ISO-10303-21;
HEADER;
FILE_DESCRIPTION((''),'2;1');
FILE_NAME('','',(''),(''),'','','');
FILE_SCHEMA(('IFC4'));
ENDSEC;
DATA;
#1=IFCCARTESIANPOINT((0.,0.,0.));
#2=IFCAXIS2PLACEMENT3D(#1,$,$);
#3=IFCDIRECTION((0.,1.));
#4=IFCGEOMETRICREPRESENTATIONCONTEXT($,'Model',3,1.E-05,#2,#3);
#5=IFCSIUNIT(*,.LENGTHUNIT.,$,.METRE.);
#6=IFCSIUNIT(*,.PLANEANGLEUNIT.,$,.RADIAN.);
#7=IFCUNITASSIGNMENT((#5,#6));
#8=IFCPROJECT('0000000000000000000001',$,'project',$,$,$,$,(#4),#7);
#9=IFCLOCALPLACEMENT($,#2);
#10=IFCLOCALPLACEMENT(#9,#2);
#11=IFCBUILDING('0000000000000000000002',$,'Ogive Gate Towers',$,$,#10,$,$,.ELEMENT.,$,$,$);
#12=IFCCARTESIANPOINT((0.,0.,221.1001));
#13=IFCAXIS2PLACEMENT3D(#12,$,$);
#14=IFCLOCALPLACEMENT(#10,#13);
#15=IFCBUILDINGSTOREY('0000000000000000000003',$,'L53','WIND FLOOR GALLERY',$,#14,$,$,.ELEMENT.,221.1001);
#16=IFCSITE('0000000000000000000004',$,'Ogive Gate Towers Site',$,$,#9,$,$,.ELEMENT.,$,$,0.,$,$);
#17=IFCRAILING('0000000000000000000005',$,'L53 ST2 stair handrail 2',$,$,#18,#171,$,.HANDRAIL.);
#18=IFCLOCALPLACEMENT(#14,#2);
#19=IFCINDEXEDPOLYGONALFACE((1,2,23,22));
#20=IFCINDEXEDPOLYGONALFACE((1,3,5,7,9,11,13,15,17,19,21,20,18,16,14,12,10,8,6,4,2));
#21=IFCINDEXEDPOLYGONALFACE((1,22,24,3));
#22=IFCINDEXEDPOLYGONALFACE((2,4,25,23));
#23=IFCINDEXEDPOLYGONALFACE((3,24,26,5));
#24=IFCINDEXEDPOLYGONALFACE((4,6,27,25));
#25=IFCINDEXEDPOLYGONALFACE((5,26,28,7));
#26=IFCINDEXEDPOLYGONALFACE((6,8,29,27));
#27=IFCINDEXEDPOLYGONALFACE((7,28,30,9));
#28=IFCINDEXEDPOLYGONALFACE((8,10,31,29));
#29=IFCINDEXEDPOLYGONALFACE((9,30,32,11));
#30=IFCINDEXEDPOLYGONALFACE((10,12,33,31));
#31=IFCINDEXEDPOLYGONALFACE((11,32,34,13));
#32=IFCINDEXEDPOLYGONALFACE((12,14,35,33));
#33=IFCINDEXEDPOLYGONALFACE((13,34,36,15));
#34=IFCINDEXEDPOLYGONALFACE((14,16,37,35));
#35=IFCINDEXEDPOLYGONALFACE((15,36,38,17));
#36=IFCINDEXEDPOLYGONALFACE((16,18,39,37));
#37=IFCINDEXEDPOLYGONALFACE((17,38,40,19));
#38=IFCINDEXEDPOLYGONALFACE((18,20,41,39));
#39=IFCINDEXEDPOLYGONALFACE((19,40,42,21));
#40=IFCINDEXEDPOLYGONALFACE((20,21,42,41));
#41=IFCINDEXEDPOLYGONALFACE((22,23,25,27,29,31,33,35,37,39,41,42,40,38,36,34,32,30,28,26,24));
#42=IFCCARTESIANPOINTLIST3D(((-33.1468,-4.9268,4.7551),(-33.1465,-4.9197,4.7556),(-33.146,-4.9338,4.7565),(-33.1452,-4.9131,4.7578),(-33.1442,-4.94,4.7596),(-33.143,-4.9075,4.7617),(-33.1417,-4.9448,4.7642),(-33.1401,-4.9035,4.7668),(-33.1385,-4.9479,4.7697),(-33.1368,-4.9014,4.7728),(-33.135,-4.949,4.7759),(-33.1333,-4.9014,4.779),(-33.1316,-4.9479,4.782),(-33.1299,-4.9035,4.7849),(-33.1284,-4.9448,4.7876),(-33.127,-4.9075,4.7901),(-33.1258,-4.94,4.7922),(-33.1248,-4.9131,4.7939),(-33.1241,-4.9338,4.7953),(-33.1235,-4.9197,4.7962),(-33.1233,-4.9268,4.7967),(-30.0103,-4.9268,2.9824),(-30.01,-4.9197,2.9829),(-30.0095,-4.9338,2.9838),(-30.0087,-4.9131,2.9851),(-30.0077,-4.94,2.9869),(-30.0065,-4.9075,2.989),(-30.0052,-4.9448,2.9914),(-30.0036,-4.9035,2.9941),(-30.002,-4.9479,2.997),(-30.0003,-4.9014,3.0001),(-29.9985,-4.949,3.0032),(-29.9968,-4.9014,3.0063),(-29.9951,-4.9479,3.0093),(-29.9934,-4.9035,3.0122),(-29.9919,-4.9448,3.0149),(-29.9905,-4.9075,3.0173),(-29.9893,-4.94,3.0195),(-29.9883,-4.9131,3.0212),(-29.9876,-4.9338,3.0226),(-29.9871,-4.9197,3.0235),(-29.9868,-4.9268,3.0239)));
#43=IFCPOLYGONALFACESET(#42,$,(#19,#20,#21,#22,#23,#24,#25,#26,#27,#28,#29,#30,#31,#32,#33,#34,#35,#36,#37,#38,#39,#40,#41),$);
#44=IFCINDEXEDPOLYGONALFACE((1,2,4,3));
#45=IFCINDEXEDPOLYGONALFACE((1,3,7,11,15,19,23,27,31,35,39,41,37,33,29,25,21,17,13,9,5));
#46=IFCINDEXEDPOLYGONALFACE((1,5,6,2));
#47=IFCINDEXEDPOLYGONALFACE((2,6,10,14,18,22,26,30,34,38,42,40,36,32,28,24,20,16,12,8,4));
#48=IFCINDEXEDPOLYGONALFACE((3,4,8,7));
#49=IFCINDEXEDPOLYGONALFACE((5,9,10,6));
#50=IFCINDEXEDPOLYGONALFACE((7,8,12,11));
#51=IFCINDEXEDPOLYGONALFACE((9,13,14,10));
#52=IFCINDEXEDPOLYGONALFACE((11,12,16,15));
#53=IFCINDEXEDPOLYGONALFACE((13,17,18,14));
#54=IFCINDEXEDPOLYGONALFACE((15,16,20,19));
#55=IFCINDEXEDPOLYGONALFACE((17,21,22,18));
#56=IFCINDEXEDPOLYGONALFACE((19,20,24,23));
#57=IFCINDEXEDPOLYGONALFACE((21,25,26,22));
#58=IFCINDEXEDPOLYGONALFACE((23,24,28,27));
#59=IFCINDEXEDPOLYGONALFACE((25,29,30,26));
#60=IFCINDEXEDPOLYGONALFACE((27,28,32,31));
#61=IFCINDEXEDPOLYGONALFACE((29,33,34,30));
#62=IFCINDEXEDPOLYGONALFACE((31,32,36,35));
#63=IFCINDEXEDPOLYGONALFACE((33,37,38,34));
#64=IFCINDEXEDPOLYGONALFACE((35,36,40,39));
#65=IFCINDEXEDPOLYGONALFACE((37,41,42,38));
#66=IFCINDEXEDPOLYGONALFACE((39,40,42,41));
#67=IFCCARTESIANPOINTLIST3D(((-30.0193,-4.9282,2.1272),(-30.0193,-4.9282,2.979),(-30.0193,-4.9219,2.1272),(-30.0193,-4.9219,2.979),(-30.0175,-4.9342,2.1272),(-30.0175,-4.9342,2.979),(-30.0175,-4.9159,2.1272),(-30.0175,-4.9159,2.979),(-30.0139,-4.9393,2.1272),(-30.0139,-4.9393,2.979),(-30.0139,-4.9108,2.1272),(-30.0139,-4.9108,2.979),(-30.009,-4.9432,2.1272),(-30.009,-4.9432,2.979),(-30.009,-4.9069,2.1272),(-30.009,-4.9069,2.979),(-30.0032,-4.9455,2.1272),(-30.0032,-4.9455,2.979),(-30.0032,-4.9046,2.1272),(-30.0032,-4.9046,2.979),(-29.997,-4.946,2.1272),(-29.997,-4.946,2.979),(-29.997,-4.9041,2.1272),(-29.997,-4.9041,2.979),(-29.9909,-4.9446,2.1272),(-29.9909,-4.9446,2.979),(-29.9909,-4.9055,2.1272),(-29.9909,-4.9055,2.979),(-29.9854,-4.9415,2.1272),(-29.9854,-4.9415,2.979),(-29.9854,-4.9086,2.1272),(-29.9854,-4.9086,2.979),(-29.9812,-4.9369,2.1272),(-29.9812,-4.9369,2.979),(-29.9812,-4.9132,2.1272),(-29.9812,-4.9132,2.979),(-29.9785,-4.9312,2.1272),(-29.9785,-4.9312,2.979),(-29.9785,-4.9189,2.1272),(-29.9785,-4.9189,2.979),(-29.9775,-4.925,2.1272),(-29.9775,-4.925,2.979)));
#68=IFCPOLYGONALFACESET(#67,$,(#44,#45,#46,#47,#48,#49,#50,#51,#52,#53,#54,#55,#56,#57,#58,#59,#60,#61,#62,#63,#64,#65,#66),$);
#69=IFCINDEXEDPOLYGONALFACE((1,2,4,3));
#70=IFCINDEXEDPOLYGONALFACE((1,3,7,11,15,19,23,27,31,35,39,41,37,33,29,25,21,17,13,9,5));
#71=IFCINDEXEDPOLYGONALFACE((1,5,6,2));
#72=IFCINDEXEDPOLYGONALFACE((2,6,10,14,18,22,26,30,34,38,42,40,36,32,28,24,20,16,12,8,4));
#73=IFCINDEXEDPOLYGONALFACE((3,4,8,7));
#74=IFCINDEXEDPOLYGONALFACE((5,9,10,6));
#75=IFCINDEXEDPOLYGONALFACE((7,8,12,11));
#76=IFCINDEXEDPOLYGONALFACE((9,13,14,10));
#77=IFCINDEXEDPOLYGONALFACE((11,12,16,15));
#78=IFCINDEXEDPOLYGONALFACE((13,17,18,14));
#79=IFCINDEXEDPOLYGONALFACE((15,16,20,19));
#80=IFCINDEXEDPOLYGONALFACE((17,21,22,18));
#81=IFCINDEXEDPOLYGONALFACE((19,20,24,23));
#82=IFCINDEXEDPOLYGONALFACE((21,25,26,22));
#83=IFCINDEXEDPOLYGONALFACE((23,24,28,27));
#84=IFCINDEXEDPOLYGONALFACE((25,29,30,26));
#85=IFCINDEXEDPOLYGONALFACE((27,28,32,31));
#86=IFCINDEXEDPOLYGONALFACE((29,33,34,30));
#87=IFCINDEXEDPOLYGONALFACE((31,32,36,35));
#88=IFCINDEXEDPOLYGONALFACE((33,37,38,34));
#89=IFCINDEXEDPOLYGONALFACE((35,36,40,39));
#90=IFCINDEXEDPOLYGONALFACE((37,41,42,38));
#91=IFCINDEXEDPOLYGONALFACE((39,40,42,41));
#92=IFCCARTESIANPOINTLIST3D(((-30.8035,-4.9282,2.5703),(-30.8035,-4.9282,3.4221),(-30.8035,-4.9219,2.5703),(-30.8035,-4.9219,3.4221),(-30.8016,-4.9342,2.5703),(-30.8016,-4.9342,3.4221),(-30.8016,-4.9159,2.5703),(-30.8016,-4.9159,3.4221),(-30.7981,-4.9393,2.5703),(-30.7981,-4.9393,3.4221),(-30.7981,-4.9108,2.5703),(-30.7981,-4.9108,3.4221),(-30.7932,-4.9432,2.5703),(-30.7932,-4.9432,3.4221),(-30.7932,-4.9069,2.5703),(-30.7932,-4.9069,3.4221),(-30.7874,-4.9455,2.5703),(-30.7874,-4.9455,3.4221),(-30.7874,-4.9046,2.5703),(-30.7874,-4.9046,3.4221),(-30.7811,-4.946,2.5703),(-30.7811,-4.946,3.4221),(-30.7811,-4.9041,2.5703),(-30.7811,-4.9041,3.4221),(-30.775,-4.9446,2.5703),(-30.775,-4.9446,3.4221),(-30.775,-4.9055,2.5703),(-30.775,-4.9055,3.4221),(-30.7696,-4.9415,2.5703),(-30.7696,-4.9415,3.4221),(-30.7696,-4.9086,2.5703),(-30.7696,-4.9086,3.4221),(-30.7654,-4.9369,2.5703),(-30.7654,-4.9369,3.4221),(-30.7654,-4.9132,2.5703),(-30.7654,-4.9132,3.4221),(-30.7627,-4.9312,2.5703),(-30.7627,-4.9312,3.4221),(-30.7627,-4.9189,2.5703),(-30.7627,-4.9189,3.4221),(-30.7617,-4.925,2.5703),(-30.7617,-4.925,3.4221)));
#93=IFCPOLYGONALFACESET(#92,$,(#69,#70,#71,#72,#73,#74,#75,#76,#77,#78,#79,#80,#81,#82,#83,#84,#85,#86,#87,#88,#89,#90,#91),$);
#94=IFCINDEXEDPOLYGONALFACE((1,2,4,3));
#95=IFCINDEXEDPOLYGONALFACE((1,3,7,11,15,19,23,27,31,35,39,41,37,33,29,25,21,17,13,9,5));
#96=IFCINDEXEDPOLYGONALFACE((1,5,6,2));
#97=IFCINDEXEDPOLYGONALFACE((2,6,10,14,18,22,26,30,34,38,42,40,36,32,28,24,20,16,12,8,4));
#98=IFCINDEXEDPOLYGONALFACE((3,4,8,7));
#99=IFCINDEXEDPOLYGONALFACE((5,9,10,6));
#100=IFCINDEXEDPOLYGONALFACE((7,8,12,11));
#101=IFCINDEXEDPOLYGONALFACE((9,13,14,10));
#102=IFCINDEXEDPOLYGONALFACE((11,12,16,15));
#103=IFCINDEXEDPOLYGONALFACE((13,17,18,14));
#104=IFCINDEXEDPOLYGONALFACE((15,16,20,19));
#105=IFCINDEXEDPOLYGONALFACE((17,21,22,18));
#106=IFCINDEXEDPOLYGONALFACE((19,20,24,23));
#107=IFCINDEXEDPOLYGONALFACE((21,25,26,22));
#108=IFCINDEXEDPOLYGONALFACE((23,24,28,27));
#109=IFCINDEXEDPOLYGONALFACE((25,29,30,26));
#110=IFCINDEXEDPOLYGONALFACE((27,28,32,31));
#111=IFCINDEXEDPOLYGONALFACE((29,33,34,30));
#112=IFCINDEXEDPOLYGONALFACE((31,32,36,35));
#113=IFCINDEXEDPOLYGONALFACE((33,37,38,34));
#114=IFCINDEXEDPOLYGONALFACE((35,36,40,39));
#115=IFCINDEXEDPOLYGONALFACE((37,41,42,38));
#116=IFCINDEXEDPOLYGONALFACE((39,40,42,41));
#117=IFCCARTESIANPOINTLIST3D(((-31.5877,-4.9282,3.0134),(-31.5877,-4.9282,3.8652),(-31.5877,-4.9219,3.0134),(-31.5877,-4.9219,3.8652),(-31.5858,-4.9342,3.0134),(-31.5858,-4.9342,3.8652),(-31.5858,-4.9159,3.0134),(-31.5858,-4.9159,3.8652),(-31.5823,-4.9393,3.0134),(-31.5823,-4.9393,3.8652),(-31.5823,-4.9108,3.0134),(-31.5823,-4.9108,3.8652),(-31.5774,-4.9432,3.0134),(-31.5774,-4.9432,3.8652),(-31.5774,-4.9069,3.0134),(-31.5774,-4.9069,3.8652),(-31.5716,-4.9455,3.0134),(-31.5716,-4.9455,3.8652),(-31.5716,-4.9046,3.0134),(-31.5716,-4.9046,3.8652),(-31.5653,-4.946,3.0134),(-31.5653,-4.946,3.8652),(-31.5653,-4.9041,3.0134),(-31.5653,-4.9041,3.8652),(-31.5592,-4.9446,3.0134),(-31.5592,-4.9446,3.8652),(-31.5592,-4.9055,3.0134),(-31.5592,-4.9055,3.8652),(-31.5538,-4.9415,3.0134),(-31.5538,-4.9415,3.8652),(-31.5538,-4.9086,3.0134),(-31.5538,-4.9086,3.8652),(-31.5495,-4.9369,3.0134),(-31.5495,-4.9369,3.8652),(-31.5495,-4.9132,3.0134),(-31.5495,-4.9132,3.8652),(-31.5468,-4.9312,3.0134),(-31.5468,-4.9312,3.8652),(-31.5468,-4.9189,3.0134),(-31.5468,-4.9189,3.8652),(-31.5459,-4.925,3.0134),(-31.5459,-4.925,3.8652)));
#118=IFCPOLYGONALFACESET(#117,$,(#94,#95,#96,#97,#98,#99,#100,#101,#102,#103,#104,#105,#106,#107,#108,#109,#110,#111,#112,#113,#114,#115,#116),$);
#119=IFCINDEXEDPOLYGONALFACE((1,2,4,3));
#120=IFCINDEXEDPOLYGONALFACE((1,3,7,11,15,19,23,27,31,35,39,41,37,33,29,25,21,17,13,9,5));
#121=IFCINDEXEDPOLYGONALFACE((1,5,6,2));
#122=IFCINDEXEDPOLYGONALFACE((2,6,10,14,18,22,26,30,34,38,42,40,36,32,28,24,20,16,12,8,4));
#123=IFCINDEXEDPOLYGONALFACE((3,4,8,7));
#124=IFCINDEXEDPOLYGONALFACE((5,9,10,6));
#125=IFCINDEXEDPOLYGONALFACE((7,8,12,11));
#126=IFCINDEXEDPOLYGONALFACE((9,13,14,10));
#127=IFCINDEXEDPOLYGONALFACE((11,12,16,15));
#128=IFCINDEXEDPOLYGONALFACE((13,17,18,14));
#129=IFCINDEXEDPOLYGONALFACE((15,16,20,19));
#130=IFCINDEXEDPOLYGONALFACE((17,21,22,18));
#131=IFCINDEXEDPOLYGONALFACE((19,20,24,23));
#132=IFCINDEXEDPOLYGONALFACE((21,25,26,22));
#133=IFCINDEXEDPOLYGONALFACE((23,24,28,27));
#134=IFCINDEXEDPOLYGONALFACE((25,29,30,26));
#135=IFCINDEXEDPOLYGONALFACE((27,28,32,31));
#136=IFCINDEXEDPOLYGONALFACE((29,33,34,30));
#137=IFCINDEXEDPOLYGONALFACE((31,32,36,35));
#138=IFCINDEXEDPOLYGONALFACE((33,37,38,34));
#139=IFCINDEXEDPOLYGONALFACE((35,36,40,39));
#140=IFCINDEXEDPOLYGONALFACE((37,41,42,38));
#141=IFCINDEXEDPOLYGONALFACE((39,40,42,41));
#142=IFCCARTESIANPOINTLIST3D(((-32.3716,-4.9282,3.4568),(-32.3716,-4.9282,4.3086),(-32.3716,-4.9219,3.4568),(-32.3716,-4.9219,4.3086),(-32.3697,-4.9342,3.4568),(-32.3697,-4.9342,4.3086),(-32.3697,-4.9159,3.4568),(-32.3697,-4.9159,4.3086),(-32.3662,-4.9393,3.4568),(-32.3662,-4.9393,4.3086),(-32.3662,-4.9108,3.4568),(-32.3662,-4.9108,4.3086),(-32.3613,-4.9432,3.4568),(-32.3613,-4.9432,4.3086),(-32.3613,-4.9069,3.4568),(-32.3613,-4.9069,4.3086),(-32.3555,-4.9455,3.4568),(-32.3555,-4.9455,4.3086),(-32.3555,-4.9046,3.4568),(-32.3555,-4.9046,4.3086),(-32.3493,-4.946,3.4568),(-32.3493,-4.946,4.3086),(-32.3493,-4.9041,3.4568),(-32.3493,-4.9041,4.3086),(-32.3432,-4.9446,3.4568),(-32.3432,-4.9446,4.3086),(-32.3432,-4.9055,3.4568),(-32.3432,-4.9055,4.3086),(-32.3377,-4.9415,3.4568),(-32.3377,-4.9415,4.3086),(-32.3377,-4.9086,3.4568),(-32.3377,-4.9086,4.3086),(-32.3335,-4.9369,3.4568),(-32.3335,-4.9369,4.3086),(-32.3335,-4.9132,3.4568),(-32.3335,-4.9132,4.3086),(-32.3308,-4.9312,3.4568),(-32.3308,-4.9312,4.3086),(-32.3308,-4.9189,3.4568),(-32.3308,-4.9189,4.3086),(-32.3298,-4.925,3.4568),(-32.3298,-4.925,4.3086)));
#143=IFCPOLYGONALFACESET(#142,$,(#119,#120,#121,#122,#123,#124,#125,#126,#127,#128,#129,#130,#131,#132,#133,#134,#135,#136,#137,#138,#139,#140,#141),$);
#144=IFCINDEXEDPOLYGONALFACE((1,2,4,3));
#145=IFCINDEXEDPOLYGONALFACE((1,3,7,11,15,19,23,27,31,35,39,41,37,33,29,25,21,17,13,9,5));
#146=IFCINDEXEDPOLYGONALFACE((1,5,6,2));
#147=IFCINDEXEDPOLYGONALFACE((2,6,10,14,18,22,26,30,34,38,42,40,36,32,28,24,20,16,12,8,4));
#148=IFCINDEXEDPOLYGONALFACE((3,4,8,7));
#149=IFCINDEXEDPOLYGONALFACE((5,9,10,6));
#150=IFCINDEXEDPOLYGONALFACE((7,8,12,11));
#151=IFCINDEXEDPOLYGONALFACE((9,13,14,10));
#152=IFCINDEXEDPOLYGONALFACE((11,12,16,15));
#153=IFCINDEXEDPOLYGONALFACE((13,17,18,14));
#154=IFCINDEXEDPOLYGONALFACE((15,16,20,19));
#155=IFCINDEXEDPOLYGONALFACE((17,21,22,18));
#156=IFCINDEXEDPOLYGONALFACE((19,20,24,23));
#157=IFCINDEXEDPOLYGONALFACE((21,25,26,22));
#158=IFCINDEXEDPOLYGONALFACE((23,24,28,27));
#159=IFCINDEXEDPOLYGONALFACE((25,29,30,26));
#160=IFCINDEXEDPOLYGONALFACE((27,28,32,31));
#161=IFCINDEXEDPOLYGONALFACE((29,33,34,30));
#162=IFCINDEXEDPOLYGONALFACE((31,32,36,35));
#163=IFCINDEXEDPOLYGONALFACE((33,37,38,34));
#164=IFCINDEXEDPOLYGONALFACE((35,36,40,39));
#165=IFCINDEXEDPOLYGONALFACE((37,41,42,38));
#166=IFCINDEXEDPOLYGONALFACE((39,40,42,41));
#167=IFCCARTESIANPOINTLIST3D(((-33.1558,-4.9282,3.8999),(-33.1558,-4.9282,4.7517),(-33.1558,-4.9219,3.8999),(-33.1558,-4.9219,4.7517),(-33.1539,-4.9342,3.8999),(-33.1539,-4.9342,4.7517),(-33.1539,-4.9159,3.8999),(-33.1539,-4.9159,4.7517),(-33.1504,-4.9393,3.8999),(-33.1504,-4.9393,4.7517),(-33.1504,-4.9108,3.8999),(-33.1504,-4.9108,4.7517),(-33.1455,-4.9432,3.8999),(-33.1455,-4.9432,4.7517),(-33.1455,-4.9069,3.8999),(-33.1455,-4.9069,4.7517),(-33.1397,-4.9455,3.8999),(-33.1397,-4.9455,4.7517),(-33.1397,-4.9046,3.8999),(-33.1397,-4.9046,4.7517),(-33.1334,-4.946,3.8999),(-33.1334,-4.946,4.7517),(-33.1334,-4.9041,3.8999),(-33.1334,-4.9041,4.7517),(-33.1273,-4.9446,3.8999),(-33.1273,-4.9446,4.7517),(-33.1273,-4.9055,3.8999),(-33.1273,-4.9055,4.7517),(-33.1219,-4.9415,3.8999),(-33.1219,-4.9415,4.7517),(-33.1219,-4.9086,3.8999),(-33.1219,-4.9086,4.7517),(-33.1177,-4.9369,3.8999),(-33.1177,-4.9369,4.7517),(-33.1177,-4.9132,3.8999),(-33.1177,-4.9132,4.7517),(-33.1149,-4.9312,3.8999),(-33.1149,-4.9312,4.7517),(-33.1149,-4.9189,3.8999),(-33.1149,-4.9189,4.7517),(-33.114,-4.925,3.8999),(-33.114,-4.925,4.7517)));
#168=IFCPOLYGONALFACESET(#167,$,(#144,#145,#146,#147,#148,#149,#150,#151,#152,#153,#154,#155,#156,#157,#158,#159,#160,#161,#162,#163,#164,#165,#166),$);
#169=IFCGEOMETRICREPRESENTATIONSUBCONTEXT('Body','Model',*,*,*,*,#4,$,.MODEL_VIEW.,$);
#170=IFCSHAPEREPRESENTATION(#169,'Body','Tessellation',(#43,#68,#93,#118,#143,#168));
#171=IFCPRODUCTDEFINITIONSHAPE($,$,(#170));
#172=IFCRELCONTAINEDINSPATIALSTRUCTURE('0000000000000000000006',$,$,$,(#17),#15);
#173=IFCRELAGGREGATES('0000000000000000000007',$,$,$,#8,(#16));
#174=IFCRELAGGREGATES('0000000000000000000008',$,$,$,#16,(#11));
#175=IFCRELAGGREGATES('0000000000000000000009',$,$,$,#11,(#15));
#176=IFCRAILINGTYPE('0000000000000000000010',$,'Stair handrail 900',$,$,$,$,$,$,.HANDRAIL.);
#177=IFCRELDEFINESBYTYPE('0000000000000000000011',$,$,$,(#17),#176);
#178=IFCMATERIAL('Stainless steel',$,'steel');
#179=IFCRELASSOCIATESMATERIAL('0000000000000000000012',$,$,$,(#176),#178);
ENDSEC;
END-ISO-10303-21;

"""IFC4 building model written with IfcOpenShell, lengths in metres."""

from ifc_helpers import new_model, si_unit, direction, frame, origin, origin_2d, place, context, subcontext, project, spatial, circle, extrude, material, type_object, element, save


model = new_model("IFC4")

# Units and contexts
model_context = context("Model", 3, precision=1e-05, world=origin(), true_north=direction((0.0, 1.0)))
body_context = subcontext(model_context, "Body", "Model", "MODEL_VIEW")
ifc_project = project(units=[si_unit("LENGTHUNIT", "METRE"), si_unit("PLANEANGLEUNIT", "RADIAN")], contexts=[model_context])

# Site, building, storey
site_placement = place(None, origin())
site = spatial("IfcSite", under=ifc_project, at=site_placement, Name="Ogive Gate Towers Site", CompositionType="ELEMENT", RefElevation=0.0)
building_placement = place(site_placement, origin())
building = spatial("IfcBuilding", under=site, at=building_placement, Name="Ogive Gate Towers", CompositionType="ELEMENT")
storey_placement = place(building_placement, frame((0.0, 0.0, 221.1001)))
storey = spatial("IfcBuildingStorey", under=building, at=storey_placement, Name="L53", Description="WIND FLOOR GALLERY", CompositionType="ELEMENT", Elevation=221.1001)

# Railing
ifc_material_1 = material(Name="Stainless steel", Category="steel")
railing_type_1 = type_object("IfcRailingType", Name="Stair handrail 900", PredefinedType="HANDRAIL", material=ifc_material_1)
railing_1_placement = place(storey_placement, frame((-29.9985, -4.925, 2.1272)))
element("IfcRailing", 1, at=railing_1_placement, inside=storey, type_object=railing_type_1, Name="L53 ST2 stair handrail 2", PredefinedType="HANDRAIL", context=body_context, shape_type="SweptSolid", body=[
    extrude(circle(Radius=0.0239, at=origin_2d()), frame((0.0, 0.0, 0.876), z_axis=(-0.870573, 0.0, 0.492039), x_axis=(0.0, -1.0, 0.0)), (0.0, 0.0, 1.0), 3.6028),
    extrude(circle(Radius=0.021, at=origin_2d()), origin(), (0.0, 0.0, 1.0), 0.8518),
    extrude(circle(Radius=0.021, at=origin_2d()), frame((-0.7842, 0.0, 0.4431)), (0.0, 0.0, 1.0), 0.8518),
    extrude(circle(Radius=0.021, at=origin_2d()), frame((-1.5684, 0.0, 0.8862)), (0.0, 0.0, 1.0), 0.8518),
    extrude(circle(Radius=0.021, at=origin_2d()), frame((-2.3523, 0.0, 1.3296)), (0.0, 0.0, 1.0), 0.8518),
    extrude(circle(Radius=0.021, at=origin_2d()), frame((-3.1365, 0.0, 1.7727)), (0.0, 0.0, 1.0), 0.8518),
])

save(model, "model.ifc")
